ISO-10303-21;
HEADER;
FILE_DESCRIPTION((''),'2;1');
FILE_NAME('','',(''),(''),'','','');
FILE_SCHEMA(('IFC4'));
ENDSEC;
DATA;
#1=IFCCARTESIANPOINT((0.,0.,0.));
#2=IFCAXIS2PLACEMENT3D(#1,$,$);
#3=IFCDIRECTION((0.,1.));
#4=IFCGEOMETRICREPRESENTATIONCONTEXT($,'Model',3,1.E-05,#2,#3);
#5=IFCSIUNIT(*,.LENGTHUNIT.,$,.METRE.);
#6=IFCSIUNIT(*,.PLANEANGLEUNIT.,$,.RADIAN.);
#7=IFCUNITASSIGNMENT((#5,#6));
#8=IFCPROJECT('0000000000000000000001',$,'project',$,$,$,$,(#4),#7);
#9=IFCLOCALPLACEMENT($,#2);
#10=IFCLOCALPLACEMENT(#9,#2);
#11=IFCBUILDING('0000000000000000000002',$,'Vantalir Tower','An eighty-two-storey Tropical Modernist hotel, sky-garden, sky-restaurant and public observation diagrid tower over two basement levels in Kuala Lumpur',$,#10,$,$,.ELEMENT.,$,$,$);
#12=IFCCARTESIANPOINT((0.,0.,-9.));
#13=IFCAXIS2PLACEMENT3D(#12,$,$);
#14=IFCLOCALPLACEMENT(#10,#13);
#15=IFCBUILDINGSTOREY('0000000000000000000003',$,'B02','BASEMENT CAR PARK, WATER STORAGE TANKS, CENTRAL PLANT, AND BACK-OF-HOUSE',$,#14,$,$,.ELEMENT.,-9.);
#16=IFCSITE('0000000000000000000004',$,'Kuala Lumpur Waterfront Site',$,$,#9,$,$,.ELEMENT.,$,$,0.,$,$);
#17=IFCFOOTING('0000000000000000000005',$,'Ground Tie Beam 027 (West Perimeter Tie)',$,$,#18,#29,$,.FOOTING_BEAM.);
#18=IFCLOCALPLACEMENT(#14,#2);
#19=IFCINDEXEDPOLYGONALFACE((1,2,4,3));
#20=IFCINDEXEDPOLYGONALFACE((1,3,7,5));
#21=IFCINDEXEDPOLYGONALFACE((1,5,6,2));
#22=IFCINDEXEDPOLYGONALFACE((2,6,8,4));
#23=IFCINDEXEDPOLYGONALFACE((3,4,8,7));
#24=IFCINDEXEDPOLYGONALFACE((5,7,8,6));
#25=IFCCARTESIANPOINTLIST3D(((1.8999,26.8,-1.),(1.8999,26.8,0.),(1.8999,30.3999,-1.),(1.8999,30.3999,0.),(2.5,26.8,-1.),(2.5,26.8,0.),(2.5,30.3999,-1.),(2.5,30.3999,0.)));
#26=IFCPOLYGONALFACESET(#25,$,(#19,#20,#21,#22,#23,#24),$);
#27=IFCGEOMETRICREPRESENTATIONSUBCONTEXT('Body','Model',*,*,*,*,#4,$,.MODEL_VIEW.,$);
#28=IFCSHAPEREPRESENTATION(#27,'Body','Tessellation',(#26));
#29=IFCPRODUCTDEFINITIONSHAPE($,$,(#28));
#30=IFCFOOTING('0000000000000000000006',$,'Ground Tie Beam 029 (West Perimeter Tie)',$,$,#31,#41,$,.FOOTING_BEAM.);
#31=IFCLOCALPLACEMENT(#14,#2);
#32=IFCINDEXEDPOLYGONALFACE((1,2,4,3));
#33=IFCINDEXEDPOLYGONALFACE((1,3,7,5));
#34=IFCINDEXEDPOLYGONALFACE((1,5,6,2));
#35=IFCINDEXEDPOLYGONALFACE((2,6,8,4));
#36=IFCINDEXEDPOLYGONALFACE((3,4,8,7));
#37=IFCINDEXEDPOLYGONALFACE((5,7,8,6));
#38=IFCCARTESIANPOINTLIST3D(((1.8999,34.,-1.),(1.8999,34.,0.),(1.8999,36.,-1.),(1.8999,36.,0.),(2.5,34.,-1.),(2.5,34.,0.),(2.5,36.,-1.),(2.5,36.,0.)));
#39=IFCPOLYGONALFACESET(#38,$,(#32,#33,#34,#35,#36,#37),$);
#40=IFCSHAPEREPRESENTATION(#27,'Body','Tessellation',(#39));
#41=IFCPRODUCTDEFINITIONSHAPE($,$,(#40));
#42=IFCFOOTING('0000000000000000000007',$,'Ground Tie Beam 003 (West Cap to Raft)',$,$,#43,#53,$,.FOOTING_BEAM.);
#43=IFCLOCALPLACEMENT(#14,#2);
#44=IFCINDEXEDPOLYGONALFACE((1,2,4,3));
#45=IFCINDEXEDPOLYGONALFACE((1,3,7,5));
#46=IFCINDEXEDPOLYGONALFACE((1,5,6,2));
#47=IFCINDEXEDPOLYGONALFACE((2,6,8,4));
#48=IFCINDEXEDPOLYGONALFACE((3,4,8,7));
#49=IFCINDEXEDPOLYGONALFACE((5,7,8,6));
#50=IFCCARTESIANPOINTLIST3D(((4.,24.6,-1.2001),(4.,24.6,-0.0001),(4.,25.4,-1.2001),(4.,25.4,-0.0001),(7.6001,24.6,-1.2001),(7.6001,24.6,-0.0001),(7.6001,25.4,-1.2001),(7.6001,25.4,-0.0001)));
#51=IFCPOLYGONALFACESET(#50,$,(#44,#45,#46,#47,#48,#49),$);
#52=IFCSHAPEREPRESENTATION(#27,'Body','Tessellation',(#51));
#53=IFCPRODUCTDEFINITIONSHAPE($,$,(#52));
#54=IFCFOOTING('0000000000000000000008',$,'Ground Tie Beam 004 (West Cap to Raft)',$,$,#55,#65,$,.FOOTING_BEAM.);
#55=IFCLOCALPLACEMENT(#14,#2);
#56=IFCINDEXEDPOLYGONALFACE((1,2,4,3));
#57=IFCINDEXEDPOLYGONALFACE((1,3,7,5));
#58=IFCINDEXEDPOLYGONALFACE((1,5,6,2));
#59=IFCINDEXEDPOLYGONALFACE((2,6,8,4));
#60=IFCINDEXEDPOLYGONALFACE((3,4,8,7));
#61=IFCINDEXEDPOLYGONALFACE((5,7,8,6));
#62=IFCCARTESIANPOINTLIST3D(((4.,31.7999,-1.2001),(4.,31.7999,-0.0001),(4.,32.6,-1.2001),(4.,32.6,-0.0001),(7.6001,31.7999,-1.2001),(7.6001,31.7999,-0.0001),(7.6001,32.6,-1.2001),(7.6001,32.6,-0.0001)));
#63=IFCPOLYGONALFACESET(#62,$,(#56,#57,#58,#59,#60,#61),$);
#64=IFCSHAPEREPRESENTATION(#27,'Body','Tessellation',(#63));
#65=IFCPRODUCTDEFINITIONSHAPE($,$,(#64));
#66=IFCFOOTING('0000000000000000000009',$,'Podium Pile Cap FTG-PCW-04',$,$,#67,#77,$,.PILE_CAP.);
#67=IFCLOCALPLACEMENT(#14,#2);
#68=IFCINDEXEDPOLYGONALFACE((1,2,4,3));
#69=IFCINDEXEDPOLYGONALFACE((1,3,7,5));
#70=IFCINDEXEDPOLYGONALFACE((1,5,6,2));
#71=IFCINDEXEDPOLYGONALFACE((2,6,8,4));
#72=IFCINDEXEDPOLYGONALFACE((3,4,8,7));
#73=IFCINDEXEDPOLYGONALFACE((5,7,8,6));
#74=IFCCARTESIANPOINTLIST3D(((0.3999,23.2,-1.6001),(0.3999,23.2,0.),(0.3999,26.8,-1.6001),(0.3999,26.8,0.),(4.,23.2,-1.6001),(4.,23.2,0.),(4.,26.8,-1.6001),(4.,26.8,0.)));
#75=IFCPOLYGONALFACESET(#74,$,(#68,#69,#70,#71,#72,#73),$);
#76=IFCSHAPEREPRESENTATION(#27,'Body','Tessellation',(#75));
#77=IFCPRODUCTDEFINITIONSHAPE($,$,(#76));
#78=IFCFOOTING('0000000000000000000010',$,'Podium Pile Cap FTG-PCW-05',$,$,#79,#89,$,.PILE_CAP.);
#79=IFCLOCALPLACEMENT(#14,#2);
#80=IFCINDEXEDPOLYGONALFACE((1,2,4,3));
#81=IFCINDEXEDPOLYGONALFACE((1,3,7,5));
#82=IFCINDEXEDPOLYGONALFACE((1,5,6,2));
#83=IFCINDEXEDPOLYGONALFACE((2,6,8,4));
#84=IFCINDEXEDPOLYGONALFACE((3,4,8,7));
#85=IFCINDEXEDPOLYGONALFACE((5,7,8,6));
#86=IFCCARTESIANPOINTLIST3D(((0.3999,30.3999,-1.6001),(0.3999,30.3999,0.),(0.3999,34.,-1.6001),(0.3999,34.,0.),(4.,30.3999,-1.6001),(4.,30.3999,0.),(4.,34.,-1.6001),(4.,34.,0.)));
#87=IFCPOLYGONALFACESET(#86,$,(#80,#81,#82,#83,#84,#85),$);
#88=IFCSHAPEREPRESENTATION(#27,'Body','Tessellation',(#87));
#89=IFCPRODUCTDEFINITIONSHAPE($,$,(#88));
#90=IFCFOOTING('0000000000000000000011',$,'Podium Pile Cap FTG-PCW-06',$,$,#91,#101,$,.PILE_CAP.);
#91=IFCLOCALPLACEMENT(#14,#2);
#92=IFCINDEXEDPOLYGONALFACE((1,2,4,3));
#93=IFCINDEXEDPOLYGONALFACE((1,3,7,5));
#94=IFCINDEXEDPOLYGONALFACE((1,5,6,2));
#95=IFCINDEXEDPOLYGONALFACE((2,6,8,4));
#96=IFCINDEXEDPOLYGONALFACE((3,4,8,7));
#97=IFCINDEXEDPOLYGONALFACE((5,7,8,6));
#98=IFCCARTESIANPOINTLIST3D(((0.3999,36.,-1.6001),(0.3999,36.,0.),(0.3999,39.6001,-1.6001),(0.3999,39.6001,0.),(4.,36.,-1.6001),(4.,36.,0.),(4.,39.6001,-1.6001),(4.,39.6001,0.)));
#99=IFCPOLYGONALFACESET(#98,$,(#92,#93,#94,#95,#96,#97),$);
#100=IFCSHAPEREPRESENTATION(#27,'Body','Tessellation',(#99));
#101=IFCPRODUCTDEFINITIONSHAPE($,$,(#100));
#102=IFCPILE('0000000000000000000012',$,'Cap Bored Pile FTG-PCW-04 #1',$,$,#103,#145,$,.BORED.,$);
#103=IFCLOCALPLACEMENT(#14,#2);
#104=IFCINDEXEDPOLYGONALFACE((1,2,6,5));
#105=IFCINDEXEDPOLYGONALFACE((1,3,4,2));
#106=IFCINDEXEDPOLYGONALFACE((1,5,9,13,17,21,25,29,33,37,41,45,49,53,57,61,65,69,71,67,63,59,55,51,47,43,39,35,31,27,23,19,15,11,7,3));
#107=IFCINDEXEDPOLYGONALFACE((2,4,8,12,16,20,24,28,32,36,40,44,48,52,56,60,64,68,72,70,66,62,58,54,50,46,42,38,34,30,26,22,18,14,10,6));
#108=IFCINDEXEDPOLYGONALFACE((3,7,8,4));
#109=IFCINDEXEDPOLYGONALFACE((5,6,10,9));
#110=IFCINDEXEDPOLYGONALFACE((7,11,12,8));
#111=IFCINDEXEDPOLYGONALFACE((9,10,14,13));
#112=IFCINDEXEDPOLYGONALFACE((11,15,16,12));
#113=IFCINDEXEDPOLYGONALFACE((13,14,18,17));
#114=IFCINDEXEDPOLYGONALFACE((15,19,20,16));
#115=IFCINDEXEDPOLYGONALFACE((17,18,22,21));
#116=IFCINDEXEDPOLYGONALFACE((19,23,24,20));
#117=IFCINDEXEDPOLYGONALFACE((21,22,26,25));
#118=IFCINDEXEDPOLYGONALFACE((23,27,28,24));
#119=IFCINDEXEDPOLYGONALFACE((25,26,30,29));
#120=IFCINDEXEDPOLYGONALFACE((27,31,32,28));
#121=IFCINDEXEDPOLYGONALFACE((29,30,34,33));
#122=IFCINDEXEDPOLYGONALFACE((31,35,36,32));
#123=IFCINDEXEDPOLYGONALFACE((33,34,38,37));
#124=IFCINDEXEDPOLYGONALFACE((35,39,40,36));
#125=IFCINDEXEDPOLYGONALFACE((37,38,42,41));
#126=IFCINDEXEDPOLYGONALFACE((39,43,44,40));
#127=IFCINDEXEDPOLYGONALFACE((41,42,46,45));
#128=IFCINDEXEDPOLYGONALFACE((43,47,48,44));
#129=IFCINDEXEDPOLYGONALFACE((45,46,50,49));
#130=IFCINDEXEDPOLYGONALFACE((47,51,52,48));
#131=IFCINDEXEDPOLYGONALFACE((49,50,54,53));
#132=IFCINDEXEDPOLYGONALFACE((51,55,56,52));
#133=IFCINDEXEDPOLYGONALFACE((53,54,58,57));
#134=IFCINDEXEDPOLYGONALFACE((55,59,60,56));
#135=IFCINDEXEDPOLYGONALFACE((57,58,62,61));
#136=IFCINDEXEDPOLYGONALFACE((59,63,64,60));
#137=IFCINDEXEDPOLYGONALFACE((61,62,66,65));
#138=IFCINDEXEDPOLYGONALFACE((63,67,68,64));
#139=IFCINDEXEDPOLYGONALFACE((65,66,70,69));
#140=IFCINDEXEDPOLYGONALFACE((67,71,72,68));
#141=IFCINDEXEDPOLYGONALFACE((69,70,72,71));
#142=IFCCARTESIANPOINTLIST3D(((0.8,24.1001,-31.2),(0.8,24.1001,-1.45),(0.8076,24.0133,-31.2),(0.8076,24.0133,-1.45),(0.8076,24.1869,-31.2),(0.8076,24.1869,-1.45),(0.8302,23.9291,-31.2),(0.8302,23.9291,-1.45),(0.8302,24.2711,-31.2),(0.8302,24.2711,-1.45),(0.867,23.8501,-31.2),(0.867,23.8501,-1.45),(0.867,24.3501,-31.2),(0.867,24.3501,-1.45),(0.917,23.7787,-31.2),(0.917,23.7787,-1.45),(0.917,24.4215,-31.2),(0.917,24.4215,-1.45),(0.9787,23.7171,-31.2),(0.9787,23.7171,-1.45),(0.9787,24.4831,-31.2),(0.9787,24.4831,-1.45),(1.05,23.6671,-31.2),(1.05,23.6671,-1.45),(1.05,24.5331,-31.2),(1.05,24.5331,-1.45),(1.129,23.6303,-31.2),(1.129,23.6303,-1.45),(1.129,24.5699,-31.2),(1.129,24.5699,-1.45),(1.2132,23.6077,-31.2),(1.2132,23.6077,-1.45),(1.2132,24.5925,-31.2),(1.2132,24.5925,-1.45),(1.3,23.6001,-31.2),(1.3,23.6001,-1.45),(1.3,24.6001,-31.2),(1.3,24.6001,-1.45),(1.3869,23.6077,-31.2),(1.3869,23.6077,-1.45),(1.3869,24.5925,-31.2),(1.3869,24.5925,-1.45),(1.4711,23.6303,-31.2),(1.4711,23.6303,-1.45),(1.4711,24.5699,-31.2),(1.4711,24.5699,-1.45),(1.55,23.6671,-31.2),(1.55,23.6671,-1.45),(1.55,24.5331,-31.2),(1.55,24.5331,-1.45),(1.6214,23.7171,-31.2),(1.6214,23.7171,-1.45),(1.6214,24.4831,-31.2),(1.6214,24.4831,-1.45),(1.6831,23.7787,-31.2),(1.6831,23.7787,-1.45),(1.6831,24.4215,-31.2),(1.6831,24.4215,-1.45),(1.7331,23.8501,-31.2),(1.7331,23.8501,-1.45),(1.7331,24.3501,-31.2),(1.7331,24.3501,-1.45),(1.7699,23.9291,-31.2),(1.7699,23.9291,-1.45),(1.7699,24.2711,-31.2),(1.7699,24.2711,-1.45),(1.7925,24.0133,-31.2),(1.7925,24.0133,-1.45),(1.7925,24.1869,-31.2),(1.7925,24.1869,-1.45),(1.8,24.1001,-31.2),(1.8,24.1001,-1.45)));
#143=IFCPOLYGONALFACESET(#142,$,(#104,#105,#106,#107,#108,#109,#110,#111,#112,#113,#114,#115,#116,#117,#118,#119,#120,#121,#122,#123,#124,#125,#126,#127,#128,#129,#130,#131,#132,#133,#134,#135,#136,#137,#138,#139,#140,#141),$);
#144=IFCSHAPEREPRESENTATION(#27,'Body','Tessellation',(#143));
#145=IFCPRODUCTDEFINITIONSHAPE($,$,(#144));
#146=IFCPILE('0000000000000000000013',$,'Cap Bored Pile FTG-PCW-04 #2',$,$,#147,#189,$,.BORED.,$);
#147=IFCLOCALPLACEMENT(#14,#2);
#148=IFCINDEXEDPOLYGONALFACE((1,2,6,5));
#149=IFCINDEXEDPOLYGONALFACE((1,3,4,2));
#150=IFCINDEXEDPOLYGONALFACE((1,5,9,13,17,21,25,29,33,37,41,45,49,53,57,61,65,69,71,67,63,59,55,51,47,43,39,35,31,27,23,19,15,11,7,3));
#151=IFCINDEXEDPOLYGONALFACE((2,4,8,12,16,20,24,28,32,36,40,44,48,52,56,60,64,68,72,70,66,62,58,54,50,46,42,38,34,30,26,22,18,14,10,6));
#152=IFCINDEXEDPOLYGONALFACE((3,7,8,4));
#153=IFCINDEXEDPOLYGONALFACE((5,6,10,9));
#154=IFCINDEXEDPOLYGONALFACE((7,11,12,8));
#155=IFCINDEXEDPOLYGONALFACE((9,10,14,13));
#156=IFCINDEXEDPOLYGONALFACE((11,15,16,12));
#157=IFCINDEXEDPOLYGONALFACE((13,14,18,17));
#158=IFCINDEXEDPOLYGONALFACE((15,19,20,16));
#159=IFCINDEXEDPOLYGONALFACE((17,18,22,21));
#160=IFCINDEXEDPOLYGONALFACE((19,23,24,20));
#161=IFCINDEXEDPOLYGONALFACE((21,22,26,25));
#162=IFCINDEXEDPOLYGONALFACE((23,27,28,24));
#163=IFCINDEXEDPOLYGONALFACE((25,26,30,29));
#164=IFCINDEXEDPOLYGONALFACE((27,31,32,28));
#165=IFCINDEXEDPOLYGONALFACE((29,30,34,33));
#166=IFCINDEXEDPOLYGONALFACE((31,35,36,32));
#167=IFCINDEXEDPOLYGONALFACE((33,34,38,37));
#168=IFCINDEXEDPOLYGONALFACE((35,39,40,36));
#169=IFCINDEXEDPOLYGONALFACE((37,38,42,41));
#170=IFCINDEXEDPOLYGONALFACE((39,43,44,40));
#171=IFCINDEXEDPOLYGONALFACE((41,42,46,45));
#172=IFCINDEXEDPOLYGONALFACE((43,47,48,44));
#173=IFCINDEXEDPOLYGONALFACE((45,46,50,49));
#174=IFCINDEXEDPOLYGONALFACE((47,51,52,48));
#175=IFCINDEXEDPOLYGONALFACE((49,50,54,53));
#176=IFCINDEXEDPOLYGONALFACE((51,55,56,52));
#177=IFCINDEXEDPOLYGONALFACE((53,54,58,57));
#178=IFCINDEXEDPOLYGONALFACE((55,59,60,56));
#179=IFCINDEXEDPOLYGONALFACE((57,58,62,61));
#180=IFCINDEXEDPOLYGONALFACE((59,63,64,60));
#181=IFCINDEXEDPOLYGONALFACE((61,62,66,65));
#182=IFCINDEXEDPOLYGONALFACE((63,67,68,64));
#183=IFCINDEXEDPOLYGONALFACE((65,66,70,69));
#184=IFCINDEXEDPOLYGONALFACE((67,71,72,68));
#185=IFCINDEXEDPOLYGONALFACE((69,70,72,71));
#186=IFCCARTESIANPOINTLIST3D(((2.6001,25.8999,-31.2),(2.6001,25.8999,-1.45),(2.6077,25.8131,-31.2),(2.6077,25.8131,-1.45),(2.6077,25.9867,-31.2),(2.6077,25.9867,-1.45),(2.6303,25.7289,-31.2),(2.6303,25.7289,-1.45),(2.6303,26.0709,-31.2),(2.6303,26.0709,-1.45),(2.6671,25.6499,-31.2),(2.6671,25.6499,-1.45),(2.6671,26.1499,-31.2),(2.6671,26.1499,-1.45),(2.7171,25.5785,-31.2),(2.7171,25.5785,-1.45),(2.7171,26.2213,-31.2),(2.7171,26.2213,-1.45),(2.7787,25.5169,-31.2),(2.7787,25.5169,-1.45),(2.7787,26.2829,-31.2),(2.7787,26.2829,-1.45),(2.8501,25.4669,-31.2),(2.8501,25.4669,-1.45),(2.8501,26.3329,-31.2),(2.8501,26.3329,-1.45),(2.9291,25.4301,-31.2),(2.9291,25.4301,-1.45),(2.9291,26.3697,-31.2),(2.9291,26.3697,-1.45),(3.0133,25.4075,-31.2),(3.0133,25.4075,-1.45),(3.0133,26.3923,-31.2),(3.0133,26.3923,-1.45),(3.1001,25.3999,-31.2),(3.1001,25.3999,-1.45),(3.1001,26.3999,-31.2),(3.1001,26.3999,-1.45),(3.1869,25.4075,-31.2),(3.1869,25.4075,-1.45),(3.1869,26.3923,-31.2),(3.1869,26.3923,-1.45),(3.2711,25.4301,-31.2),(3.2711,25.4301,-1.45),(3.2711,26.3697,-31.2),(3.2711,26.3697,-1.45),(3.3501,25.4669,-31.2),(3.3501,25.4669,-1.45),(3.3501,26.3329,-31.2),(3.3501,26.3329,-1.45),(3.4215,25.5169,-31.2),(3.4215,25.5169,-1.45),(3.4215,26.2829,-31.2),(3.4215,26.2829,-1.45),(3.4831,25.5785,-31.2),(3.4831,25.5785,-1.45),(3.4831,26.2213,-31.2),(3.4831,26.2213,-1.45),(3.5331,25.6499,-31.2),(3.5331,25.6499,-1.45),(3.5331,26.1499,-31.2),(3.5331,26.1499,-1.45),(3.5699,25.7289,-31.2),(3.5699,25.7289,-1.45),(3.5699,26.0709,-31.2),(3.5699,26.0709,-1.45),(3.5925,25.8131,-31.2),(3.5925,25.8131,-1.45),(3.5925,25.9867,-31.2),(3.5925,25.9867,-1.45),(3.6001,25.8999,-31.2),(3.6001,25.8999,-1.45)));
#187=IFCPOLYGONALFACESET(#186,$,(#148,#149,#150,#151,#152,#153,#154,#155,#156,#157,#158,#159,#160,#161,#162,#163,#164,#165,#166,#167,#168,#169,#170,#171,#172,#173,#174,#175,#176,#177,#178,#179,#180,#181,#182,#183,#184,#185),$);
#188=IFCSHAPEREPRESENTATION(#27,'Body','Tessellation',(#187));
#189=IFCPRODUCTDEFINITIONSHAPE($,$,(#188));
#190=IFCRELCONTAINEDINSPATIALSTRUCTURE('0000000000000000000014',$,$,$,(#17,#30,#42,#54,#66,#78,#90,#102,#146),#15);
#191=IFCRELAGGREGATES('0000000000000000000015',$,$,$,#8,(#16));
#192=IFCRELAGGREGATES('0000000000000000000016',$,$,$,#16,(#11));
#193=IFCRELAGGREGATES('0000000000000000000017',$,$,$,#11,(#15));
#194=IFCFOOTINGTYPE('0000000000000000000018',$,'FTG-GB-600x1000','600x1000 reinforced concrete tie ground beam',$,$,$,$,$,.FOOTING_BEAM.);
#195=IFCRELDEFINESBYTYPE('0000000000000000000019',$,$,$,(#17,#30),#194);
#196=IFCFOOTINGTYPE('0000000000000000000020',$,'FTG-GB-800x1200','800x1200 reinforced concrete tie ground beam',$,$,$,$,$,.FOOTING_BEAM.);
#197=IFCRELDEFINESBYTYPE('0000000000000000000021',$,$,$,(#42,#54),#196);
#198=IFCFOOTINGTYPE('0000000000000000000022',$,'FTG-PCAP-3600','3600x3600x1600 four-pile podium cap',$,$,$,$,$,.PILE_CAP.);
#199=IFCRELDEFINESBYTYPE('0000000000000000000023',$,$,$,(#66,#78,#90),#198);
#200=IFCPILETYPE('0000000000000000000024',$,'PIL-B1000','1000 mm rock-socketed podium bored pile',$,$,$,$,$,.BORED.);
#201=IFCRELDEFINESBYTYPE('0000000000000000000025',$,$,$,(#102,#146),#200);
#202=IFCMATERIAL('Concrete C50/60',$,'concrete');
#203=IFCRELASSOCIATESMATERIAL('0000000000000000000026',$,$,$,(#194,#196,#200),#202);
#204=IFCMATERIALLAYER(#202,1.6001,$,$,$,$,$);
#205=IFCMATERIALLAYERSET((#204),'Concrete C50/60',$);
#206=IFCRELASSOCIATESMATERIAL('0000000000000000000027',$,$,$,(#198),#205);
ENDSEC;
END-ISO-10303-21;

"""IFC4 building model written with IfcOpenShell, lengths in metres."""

from ifc_helpers import new_model, si_unit, direction, frame, origin, origin_2d, place, context, subcontext, project, spatial, rectangle, circle, extrude, material, layer, layer_set, material_profile, profile_set, type_object, element, save


model = new_model("IFC4")

# Units and contexts
model_context = context("Model", 3, precision=1e-05, world=origin(), true_north=direction((0.0, 1.0)))
body_context = subcontext(model_context, "Body", "Model", "MODEL_VIEW")
ifc_project = project(units=[si_unit("LENGTHUNIT", "METRE"), si_unit("PLANEANGLEUNIT", "RADIAN")], contexts=[model_context])

# Site, building, storey
site_placement = place(None, origin())
site = spatial("IfcSite", under=ifc_project, at=site_placement, Name="Kuala Lumpur Waterfront Site", CompositionType="ELEMENT", RefElevation=0.0)
building_placement = place(site_placement, origin())
building = spatial("IfcBuilding", under=site, at=building_placement, Name="Vantalir Tower", Description="An eighty-two-storey Tropical Modernist hotel, sky-garden, sky-restaurant and public observation diagrid tower over two basement levels in Kuala Lumpur", CompositionType="ELEMENT")
storey_placement = place(building_placement, frame((0.0, 0.0, -9.0)))
storey = spatial("IfcBuildingStorey", under=building, at=storey_placement, Name="B02", Description="BASEMENT CAR PARK, WATER STORAGE TANKS, CENTRAL PLANT, AND BACK-OF-HOUSE", CompositionType="ELEMENT", Elevation=-9.0)

# Footings
ifc_material_1 = material(Name="Concrete C50/60", Category="concrete")
ifc_material_profile_1 = material_profile(ifc_material_1, rectangle(XDim=0.6001, YDim=1.0, at=origin_2d()), Name="Concrete C50/60")
ifc_profile_set_1 = profile_set([ifc_material_profile_1], Name="Concrete C50/60")
footing_type_1 = type_object("IfcFootingType", Name="FTG-GB-600x1000", Description="600x1000 reinforced concrete tie ground beam", PredefinedType="FOOTING_BEAM", material=ifc_profile_set_1)
footing_1_placement = place(storey_placement, frame((2.2, 26.8, -0.5), z_axis=(0.0, 1.0, 0.0), x_axis=(-1.0, 0.0, 0.0)))
element("IfcFooting", 1, at=footing_1_placement, inside=storey, type_object=footing_type_1, Name="Ground Tie Beam 027 (West Perimeter Tie)", PredefinedType="FOOTING_BEAM", context=body_context, shape_type="SweptSolid", body=[
    extrude(rectangle(XDim=0.6001, YDim=1.0, at=origin_2d()), origin(), (0.0, 0.0, 1.0), 3.5999),
])
footing_2_placement = place(storey_placement, frame((2.2, 34.0, -0.5), z_axis=(0.0, 1.0, 0.0), x_axis=(-1.0, 0.0, 0.0)))
element("IfcFooting", 2, at=footing_2_placement, inside=storey, type_object=footing_type_1, Name="Ground Tie Beam 029 (West Perimeter Tie)", PredefinedType="FOOTING_BEAM", context=body_context, shape_type="SweptSolid", body=[
    extrude(rectangle(XDim=0.6001, YDim=1.0, at=origin_2d()), origin(), (0.0, 0.0, 1.0), 2.0),
])
ifc_material_profile_2 = material_profile(ifc_material_1, rectangle(XDim=0.8, YDim=1.2, at=origin_2d()), Name="Concrete C50/60")
ifc_profile_set_2 = profile_set([ifc_material_profile_2], Name="Concrete C50/60")
footing_type_2 = type_object("IfcFootingType", Name="FTG-GB-800x1200", Description="800x1200 reinforced concrete tie ground beam", PredefinedType="FOOTING_BEAM", material=ifc_profile_set_2)
for number, where, z_axis, x_axis, name in (
    (3, (4.0, 25.0, -0.6001), (1.0, 0.0, 0.0), (0.0, 1.0, 0.0), "Ground Tie Beam 003 (West Cap to Raft)"),
    (4, (4.0, 32.2, -0.6001), (1.0, 0.0, 0.0), (0.0, 1.0, 0.0), "Ground Tie Beam 004 (West Cap to Raft)"),
):
    element("IfcFooting", number, at=place(storey_placement, frame(where, z_axis=z_axis, x_axis=x_axis)), inside=storey, type_object=footing_type_2, Name=name, PredefinedType="FOOTING_BEAM", context=body_context, shape_type="SweptSolid", body=[
        extrude(rectangle(XDim=0.8, YDim=1.2, at=origin_2d()), origin(), (0.0, 0.0, 1.0), 3.6001),
    ])
ifc_layer_1 = layer(ifc_material_1, 1.6001)
ifc_layer_set_1 = layer_set([ifc_layer_1], Name="Concrete C50/60")
footing_type_3 = type_object("IfcFootingType", Name="FTG-PCAP-3600", Description="3600x3600x1600 four-pile podium cap", PredefinedType="PILE_CAP", material=ifc_layer_set_1)
for number, where, z_axis, x_axis, name in (
    (5, (2.2, 25.0, -1.6001), (0.0, 0.0, 1.0), (1.0, 0.0, 0.0), "Podium Pile Cap FTG-PCW-04"),
    (6, (2.2, 32.2, -1.6001), (0.0, 0.0, 1.0), (1.0, 0.0, 0.0), "Podium Pile Cap FTG-PCW-05"),
    (7, (2.2, 37.8, -1.6001), (0.0, 0.0, 1.0), (1.0, 0.0, 0.0), "Podium Pile Cap FTG-PCW-06"),
):
    element("IfcFooting", number, at=place(storey_placement, frame(where, z_axis=z_axis, x_axis=x_axis)), inside=storey, type_object=footing_type_3, Name=name, PredefinedType="PILE_CAP", context=body_context, shape_type="SweptSolid", body=[
        extrude(rectangle(XDim=3.6001, YDim=3.6001, at=origin_2d()), origin(), (0.0, 0.0, 1.0), 1.6001),
    ])

# Piles
ifc_material_profile_3 = material_profile(ifc_material_1, circle(Radius=0.5, at=origin_2d()), Name="Concrete C50/60")
ifc_profile_set_3 = profile_set([ifc_material_profile_3], Name="Concrete C50/60")
pile_type_1 = type_object("IfcPileType", Name="PIL-B1000", Description="1000 mm rock-socketed podium bored pile", PredefinedType="BORED", material=ifc_profile_set_3)
for number, where, z_axis, x_axis, name in (
    (8, (1.3, 24.1001, -1.45), (0.0, 0.0, -1.0), (1.0, 0.0, 0.0), "Cap Bored Pile FTG-PCW-04 #1"),
    (9, (3.1001, 25.8999, -1.45), (0.0, 0.0, -1.0), (1.0, 0.0, 0.0), "Cap Bored Pile FTG-PCW-04 #2"),
):
    element("IfcPile", number, at=place(storey_placement, frame(where, z_axis=z_axis, x_axis=x_axis)), inside=storey, type_object=pile_type_1, Name=name, PredefinedType="BORED", context=body_context, shape_type="SweptSolid", body=[
        extrude(circle(Radius=0.5, at=origin_2d()), origin(), (0.0, 0.0, 1.0), 29.75),
    ])

save(model, "model.ifc")
